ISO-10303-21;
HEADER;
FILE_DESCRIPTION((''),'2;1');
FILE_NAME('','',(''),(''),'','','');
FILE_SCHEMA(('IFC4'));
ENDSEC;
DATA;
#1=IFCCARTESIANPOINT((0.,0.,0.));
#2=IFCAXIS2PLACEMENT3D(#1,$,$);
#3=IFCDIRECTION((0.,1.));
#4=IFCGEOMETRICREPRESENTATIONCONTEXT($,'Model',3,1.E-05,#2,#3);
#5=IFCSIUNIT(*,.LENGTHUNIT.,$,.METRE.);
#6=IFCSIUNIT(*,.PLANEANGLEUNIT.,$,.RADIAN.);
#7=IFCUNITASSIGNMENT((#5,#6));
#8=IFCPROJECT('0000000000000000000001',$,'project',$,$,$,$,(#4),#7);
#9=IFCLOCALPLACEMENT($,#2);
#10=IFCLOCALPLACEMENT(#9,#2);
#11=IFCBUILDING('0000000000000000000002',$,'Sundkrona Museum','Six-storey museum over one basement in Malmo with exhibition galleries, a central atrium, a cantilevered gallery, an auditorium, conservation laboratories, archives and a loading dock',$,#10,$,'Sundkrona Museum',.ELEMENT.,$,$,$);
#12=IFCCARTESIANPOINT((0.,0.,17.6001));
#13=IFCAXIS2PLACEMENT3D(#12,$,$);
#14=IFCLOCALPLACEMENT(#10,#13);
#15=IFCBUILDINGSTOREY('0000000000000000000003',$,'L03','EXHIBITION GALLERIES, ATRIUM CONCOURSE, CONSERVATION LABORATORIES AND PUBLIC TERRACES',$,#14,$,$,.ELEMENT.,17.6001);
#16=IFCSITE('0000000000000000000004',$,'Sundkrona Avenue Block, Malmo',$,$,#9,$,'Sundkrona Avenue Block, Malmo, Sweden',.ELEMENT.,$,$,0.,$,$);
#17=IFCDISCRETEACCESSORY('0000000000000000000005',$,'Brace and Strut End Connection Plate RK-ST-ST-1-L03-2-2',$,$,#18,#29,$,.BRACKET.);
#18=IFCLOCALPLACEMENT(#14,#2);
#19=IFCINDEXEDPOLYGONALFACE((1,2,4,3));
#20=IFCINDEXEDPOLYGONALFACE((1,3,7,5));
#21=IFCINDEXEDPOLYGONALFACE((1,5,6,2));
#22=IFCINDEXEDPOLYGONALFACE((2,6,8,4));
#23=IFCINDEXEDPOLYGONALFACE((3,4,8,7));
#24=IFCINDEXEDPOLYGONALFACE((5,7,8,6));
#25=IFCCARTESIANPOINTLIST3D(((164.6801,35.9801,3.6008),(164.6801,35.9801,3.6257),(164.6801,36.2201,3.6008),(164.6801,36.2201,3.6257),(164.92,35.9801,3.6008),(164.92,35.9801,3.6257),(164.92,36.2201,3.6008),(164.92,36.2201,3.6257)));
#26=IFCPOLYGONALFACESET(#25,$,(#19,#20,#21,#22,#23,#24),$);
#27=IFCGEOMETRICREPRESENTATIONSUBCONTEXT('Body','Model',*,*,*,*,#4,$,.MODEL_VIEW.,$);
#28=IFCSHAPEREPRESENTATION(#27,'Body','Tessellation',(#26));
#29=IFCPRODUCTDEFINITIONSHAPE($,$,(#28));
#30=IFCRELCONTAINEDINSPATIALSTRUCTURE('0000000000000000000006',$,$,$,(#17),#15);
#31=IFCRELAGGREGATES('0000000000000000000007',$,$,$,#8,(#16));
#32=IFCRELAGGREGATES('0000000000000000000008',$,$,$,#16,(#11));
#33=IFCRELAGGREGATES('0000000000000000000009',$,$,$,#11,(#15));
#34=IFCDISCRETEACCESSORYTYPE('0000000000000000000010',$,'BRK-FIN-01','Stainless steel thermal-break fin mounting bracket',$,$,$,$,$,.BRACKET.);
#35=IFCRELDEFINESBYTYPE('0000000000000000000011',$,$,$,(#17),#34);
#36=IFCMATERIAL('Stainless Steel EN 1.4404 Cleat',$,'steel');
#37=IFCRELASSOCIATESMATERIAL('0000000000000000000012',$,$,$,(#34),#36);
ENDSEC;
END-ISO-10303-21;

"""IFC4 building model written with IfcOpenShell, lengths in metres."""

from ifc_helpers import new_model, si_unit, direction, frame, origin, origin_2d, place, context, subcontext, project, spatial, rectangle, extrude, material, type_object, element, save


model = new_model("IFC4")

# Units and contexts
model_context = context("Model", 3, precision=1e-05, world=origin(), true_north=direction((0.0, 1.0)))
body_context = subcontext(model_context, "Body", "Model", "MODEL_VIEW")
ifc_project = project(units=[si_unit("LENGTHUNIT", "METRE"), si_unit("PLANEANGLEUNIT", "RADIAN")], contexts=[model_context])

# Site, building, storey
site_placement = place(None, origin())
site = spatial("IfcSite", under=ifc_project, at=site_placement, Name="Sundkrona Avenue Block, Malmo", LongName="Sundkrona Avenue Block, Malmo, Sweden", CompositionType="ELEMENT", RefElevation=0.0)
building_placement = place(site_placement, origin())
building = spatial("IfcBuilding", under=site, at=building_placement, Name="Sundkrona Museum", Description="Six-storey museum over one basement in Malmo with exhibition galleries, a central atrium, a cantilevered gallery, an auditorium, conservation laboratories, archives and a loading dock", LongName="Sundkrona Museum", CompositionType="ELEMENT")
storey_placement = place(building_placement, frame((0.0, 0.0, 17.6001)))
storey = spatial("IfcBuildingStorey", under=building, at=storey_placement, Name="L03", Description="EXHIBITION GALLERIES, ATRIUM CONCOURSE, CONSERVATION LABORATORIES AND PUBLIC TERRACES", CompositionType="ELEMENT", Elevation=17.6001)

# Discrete accessory
ifc_material_1 = material(Name="Stainless Steel EN 1.4404 Cleat", Category="steel")
discrete_accessory_type = type_object("IfcDiscreteAccessoryType", Name="BRK-FIN-01", Description="Stainless steel thermal-break fin mounting bracket", PredefinedType="BRACKET", material=ifc_material_1)
for number, where, z_axis, x_axis, name in (
    (1, (164.8, 36.1001, 3.6008), (0.0, 0.0, 1.0), (1.0, 0.0, 0.0), "Brace and Strut End Connection Plate RK-ST-ST-1-L03-2-2"),
):
    element("IfcDiscreteAccessory", number, at=place(storey_placement, frame(where, z_axis=z_axis, x_axis=x_axis)), inside=storey, type_object=discrete_accessory_type, Name=name, PredefinedType="BRACKET", context=body_context, shape_type="SweptSolid", body=[
        extrude(rectangle(XDim=0.24, YDim=0.24, at=origin_2d()), origin(), (0.0, 0.0, 1.0), 0.0249),
    ])

save(model, "model.ifc")
